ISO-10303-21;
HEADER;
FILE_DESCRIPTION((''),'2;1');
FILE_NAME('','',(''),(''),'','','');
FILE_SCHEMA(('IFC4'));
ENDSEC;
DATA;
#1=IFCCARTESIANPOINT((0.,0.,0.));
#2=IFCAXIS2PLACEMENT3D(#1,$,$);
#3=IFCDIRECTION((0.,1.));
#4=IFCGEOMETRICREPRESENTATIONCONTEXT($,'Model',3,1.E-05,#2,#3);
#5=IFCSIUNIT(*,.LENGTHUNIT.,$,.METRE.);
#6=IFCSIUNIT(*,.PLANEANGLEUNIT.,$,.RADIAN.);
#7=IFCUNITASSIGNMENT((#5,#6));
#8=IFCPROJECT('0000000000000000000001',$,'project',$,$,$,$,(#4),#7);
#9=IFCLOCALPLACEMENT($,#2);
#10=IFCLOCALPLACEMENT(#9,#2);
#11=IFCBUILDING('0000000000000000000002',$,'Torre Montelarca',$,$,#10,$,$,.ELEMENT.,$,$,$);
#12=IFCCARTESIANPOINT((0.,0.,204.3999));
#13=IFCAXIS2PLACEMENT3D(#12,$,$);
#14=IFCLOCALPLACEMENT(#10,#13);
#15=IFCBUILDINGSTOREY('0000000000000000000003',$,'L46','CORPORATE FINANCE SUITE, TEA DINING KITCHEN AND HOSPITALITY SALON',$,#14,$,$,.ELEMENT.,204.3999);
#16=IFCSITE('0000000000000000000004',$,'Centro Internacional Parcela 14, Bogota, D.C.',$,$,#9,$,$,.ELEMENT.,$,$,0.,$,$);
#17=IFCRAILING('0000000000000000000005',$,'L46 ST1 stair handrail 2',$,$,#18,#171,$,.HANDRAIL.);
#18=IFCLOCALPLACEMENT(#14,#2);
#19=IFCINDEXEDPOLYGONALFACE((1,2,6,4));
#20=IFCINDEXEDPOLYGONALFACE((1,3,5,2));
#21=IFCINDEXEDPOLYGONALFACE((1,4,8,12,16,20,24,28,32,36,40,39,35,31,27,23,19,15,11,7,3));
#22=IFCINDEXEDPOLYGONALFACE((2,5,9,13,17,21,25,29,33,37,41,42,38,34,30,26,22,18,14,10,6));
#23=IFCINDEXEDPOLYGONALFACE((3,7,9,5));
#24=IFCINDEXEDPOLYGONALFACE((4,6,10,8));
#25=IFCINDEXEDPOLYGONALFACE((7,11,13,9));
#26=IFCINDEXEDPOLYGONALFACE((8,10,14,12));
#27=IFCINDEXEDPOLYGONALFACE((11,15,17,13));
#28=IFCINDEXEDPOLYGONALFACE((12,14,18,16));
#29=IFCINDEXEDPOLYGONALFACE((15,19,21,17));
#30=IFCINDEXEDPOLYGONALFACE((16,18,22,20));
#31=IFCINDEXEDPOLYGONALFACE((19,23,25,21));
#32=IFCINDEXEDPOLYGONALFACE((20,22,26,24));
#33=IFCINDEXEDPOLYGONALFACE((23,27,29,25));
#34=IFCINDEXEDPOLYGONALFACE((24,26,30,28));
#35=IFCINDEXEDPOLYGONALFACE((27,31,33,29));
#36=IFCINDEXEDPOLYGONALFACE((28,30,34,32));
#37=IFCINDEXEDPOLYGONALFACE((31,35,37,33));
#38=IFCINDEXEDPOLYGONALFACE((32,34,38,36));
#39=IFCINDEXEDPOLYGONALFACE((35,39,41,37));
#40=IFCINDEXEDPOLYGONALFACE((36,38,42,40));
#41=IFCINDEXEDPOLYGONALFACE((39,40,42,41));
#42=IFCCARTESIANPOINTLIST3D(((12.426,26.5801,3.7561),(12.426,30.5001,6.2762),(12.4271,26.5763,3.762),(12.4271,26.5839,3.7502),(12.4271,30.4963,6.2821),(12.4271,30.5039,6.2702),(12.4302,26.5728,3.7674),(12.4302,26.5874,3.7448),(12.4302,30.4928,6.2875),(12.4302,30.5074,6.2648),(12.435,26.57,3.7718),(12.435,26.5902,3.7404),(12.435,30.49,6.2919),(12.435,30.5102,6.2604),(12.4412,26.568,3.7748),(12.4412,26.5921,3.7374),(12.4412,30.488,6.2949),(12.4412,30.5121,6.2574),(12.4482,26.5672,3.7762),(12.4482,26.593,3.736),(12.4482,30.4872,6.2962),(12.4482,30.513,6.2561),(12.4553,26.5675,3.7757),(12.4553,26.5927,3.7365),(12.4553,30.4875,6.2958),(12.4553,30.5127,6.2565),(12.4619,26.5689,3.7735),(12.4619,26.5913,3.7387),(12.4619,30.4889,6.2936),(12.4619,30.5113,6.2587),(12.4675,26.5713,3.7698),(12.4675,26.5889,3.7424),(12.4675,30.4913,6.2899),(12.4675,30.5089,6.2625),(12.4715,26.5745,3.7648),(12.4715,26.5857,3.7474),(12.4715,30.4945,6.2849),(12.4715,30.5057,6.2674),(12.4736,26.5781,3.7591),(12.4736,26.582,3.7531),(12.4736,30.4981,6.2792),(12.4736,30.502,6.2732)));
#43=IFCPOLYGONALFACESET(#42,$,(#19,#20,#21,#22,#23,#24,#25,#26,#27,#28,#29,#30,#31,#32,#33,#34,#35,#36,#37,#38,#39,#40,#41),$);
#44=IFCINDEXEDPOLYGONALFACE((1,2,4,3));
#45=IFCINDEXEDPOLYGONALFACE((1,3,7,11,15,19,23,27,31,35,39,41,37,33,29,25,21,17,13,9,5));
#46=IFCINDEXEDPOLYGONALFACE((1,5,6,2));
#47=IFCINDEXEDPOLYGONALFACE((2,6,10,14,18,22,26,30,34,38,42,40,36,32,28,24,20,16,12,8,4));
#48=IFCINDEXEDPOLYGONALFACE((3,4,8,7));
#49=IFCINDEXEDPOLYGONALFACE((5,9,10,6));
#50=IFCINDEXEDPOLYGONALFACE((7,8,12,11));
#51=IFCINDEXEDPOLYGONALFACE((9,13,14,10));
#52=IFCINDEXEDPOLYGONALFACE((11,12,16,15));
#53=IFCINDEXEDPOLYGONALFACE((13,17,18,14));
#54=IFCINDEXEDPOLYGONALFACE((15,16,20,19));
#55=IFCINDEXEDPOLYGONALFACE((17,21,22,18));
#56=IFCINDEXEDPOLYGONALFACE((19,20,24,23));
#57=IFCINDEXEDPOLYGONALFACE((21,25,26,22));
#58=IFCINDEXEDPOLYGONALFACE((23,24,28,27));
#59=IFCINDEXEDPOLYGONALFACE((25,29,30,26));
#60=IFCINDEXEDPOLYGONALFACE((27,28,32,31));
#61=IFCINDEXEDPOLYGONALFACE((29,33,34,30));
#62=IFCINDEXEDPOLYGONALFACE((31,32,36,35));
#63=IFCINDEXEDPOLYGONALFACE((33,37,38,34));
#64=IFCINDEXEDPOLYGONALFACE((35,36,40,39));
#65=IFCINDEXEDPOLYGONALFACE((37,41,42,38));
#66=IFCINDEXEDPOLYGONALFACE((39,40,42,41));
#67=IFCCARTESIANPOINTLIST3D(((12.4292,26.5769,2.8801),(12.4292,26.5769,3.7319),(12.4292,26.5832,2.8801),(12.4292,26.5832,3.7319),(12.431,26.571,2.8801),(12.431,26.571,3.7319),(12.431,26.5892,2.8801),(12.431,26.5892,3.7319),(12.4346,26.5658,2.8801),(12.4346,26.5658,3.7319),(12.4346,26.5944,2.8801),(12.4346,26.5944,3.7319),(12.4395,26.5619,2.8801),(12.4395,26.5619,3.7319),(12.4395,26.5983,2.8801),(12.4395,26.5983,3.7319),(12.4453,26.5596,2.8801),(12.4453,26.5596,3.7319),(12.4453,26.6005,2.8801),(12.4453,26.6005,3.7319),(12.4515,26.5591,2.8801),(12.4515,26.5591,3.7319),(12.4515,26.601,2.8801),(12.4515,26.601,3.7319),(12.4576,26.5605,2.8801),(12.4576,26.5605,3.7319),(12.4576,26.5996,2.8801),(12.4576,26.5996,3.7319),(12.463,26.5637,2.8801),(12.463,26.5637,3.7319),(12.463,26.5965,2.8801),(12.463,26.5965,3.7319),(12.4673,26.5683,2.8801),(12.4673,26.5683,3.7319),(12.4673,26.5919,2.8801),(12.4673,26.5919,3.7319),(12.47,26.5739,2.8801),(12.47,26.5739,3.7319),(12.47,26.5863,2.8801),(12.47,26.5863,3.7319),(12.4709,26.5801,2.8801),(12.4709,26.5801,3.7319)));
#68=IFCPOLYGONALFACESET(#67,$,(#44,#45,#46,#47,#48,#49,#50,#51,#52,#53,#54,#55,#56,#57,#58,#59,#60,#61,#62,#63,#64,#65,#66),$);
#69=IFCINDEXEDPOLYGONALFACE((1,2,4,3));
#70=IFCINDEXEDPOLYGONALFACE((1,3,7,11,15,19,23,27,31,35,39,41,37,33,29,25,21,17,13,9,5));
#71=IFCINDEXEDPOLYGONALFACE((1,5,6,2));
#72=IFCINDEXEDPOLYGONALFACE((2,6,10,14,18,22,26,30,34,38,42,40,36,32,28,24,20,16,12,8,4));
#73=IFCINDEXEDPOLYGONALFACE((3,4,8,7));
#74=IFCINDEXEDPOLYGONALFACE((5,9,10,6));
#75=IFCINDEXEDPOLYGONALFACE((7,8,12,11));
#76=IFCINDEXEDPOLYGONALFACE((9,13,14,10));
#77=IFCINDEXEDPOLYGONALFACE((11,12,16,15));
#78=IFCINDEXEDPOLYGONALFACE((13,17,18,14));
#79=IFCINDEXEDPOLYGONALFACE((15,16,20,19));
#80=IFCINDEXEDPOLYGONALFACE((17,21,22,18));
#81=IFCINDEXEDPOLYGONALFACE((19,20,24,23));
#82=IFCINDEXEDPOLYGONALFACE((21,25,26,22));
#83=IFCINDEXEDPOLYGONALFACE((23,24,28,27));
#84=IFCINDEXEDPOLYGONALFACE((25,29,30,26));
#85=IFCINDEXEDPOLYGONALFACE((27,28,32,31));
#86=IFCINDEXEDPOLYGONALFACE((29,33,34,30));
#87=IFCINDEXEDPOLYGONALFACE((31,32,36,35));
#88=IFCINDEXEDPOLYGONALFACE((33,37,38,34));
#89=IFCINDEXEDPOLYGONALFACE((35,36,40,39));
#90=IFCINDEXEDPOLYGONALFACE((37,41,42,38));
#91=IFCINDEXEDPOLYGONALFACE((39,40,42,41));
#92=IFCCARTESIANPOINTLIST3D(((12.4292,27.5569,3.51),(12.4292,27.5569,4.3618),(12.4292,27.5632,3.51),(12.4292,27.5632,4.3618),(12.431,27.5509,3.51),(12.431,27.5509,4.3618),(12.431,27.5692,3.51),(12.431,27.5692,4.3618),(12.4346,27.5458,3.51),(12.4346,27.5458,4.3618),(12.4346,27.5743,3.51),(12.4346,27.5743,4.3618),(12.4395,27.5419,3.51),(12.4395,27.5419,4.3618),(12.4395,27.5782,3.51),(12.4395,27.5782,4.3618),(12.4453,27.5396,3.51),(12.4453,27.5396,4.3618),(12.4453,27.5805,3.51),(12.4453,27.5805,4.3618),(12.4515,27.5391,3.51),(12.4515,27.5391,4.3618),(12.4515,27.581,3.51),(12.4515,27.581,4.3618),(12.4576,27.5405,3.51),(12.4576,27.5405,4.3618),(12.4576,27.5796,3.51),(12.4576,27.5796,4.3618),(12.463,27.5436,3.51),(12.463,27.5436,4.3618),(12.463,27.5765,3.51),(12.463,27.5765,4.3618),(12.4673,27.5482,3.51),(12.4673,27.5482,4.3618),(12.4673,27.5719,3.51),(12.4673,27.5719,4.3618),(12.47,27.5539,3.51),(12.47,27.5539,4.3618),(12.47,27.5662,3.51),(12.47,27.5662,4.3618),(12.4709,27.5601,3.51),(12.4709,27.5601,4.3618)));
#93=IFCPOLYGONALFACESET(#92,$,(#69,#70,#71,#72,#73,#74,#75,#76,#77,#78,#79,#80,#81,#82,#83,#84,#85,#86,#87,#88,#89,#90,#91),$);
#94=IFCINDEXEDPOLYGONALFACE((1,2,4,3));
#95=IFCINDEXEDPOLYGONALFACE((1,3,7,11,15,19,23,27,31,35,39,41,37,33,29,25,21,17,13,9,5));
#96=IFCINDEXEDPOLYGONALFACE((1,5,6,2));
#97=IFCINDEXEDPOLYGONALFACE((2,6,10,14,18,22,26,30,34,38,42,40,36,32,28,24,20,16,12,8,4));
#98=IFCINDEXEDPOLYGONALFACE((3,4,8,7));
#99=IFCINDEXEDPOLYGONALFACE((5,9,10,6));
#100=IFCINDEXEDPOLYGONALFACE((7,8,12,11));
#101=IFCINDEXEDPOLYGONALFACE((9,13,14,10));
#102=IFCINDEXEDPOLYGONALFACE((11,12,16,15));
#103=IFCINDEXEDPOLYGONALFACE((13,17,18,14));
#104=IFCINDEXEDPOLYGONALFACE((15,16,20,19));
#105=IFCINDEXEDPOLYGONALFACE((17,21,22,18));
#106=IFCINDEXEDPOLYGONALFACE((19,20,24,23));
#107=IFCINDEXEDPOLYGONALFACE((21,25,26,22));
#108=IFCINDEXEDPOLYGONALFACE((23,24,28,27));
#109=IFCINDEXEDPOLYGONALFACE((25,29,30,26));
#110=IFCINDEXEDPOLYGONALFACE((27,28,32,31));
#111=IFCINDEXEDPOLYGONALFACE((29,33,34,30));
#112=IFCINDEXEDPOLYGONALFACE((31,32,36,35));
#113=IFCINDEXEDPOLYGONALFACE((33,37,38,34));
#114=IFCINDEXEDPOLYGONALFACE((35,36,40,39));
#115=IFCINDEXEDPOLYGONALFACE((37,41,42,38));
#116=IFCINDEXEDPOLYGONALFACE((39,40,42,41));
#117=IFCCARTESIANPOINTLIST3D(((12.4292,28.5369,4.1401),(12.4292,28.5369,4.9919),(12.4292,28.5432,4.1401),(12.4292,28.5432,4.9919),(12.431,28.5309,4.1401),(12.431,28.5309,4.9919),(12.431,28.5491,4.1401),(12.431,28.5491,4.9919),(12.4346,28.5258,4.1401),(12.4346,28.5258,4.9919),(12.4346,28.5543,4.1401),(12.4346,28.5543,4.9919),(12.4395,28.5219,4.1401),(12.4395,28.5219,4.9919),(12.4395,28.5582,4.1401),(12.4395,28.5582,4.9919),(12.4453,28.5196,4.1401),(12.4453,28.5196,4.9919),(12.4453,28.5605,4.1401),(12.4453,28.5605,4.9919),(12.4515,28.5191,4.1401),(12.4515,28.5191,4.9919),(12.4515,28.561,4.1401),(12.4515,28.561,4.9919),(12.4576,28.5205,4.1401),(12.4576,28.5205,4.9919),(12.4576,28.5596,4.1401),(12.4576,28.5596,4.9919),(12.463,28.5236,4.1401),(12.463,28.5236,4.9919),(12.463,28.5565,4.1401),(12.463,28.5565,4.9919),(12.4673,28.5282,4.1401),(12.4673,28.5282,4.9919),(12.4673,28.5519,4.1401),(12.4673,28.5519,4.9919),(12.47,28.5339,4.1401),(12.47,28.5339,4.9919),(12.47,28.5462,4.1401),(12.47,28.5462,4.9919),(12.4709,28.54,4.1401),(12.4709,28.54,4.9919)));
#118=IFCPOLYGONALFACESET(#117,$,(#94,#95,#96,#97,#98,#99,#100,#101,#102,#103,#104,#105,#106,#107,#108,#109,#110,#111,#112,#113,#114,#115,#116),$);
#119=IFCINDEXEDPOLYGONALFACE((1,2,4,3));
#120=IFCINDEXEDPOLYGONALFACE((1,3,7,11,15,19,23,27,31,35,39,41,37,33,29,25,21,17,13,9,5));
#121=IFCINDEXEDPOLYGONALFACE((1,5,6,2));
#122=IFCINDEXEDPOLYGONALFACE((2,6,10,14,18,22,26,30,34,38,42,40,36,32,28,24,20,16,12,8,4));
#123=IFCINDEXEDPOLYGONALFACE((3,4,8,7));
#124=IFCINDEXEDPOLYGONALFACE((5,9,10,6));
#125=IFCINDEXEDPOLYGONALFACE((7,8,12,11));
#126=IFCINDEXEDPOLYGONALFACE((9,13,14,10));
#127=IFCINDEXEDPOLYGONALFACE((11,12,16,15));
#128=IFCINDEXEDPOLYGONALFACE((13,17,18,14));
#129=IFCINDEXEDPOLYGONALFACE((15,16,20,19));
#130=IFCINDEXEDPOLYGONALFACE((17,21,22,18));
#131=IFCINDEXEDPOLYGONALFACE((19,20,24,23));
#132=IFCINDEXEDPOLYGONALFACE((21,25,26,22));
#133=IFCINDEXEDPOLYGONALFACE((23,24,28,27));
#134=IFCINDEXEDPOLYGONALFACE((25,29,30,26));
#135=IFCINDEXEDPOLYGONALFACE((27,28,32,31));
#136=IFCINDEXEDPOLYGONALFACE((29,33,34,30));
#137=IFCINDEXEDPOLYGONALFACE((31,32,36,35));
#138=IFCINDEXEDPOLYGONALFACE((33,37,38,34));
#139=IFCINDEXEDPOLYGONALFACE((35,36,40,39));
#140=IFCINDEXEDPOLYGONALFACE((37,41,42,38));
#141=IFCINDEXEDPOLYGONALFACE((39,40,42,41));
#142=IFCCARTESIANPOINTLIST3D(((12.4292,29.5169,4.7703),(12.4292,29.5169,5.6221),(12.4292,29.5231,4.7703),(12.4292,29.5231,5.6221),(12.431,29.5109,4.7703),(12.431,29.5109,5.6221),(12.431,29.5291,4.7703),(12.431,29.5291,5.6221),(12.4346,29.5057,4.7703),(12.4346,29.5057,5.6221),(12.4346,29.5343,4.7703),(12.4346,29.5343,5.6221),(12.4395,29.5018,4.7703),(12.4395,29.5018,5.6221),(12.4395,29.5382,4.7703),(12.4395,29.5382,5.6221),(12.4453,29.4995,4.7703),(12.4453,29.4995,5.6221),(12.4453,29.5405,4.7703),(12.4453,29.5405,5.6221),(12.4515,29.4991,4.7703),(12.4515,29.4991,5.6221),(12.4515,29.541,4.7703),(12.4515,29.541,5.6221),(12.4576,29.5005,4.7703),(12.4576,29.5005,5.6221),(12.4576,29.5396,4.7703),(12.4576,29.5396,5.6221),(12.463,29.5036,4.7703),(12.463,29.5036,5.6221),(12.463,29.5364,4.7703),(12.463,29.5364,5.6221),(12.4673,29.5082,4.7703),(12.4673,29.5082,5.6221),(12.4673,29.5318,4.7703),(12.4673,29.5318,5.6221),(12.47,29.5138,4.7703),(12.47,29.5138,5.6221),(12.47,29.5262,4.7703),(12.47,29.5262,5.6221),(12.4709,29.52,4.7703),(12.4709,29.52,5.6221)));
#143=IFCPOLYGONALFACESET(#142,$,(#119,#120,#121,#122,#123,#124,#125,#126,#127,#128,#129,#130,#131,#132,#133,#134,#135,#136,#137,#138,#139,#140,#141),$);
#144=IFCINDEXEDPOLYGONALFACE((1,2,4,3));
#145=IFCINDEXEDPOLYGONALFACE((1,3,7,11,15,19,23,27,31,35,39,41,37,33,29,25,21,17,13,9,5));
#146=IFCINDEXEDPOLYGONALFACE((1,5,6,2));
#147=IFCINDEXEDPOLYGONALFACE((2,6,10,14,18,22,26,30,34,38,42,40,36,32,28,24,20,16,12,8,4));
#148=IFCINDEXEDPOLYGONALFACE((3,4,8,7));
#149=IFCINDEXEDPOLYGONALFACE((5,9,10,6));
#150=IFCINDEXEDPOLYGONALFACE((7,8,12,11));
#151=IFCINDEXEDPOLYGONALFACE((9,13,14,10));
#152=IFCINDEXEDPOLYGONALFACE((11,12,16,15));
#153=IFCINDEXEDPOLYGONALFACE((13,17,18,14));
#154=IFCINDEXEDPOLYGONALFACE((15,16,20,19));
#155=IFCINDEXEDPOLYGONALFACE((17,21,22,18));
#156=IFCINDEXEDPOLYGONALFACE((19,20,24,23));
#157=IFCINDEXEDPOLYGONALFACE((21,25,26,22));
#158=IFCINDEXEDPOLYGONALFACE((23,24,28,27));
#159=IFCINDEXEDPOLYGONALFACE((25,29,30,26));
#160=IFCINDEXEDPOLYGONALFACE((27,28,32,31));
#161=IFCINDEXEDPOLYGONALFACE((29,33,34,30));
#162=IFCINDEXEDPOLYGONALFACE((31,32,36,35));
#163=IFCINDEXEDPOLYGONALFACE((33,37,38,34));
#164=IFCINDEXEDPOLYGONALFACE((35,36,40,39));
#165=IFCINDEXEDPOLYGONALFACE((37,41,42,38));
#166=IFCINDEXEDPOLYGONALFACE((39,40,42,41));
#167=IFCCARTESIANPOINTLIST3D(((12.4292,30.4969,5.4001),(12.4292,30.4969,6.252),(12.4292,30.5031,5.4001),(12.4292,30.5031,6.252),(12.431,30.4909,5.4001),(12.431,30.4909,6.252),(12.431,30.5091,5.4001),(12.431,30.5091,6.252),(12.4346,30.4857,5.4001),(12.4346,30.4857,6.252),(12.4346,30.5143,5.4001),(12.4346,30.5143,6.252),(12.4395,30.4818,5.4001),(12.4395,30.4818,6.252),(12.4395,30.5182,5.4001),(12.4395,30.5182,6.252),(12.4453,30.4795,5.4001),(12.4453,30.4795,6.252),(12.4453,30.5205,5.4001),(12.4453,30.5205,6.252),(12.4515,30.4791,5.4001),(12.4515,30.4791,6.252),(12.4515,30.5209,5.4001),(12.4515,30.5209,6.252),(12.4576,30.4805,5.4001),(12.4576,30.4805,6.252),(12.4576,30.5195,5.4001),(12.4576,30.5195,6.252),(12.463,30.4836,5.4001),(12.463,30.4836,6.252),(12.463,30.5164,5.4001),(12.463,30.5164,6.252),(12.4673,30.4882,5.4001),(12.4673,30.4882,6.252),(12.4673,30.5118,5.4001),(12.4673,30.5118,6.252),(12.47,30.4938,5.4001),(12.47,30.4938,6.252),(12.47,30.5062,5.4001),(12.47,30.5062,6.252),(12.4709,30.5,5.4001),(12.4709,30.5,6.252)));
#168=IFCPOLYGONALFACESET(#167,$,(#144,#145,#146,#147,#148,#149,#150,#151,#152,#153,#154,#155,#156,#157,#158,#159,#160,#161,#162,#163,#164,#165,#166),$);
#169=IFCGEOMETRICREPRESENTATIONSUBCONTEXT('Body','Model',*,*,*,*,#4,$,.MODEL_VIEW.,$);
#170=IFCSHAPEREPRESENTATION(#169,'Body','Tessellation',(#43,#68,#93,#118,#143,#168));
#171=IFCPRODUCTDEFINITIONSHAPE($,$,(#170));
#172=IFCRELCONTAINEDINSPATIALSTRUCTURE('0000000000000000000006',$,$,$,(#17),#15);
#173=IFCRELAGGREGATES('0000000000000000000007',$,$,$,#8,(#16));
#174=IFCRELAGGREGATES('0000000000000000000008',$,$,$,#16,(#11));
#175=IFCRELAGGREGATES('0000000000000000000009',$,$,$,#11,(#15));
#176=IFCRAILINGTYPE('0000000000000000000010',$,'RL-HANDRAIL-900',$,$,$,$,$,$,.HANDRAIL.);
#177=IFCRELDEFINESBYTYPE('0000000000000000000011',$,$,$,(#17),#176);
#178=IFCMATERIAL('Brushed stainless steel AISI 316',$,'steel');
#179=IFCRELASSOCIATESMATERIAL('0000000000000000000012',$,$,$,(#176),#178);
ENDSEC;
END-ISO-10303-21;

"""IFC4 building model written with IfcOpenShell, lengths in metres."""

from ifc_helpers import new_model, si_unit, direction, frame, origin, origin_2d, place, context, subcontext, project, spatial, circle, extrude, material, type_object, element, save


model = new_model("IFC4")

# Units and contexts
model_context = context("Model", 3, precision=1e-05, world=origin(), true_north=direction((0.0, 1.0)))
body_context = subcontext(model_context, "Body", "Model", "MODEL_VIEW")
ifc_project = project(units=[si_unit("LENGTHUNIT", "METRE"), si_unit("PLANEANGLEUNIT", "RADIAN")], contexts=[model_context])

# Site, building, storey
site_placement = place(None, origin())
site = spatial("IfcSite", under=ifc_project, at=site_placement, Name="Centro Internacional Parcela 14, Bogota, D.C.", CompositionType="ELEMENT", RefElevation=0.0)
building_placement = place(site_placement, origin())
building = spatial("IfcBuilding", under=site, at=building_placement, Name="Torre Montelarca", CompositionType="ELEMENT")
storey_placement = place(building_placement, frame((0.0, 0.0, 204.3999)))
storey = spatial("IfcBuildingStorey", under=building, at=storey_placement, Name="L46", Description="CORPORATE FINANCE SUITE, TEA DINING KITCHEN AND HOSPITALITY SALON", CompositionType="ELEMENT", Elevation=204.3999)

# Railing
ifc_material_1 = material(Name="Brushed stainless steel AISI 316", Category="steel")
railing_type_1 = type_object("IfcRailingType", Name="RL-HANDRAIL-900", PredefinedType="HANDRAIL", material=ifc_material_1)
railing_1_placement = place(storey_placement, frame((12.45, 26.5801, 2.8801)))
element("IfcRailing", 1, at=railing_1_placement, inside=storey, type_object=railing_type_1, Name="L46 ST1 stair handrail 2", PredefinedType="HANDRAIL", context=body_context, shape_type="SweptSolid", body=[
    extrude(circle(Radius=0.0239, at=origin_2d()), frame((0.0, 0.0, 0.876), z_axis=(0.0, 0.841172, 0.540768), x_axis=(-1.0, 0.0, 0.0)), (0.0, 0.0, 1.0), 4.6602),
    extrude(circle(Radius=0.021, at=origin_2d()), origin(), (0.0, 0.0, 1.0), 0.8518),
    extrude(circle(Radius=0.021, at=origin_2d()), frame((0.0, 0.98, 0.6299)), (0.0, 0.0, 1.0), 0.8518),
    extrude(circle(Radius=0.021, at=origin_2d()), frame((0.0, 1.96, 1.26)), (0.0, 0.0, 1.0), 0.8518),
    extrude(circle(Radius=0.021, at=origin_2d()), frame((0.0, 2.9399, 1.8901)), (0.0, 0.0, 1.0), 0.8518),
    extrude(circle(Radius=0.021, at=origin_2d()), frame((0.0, 3.9199, 2.52)), (0.0, 0.0, 1.0), 0.8518),
])

save(model, "model.ifc")
